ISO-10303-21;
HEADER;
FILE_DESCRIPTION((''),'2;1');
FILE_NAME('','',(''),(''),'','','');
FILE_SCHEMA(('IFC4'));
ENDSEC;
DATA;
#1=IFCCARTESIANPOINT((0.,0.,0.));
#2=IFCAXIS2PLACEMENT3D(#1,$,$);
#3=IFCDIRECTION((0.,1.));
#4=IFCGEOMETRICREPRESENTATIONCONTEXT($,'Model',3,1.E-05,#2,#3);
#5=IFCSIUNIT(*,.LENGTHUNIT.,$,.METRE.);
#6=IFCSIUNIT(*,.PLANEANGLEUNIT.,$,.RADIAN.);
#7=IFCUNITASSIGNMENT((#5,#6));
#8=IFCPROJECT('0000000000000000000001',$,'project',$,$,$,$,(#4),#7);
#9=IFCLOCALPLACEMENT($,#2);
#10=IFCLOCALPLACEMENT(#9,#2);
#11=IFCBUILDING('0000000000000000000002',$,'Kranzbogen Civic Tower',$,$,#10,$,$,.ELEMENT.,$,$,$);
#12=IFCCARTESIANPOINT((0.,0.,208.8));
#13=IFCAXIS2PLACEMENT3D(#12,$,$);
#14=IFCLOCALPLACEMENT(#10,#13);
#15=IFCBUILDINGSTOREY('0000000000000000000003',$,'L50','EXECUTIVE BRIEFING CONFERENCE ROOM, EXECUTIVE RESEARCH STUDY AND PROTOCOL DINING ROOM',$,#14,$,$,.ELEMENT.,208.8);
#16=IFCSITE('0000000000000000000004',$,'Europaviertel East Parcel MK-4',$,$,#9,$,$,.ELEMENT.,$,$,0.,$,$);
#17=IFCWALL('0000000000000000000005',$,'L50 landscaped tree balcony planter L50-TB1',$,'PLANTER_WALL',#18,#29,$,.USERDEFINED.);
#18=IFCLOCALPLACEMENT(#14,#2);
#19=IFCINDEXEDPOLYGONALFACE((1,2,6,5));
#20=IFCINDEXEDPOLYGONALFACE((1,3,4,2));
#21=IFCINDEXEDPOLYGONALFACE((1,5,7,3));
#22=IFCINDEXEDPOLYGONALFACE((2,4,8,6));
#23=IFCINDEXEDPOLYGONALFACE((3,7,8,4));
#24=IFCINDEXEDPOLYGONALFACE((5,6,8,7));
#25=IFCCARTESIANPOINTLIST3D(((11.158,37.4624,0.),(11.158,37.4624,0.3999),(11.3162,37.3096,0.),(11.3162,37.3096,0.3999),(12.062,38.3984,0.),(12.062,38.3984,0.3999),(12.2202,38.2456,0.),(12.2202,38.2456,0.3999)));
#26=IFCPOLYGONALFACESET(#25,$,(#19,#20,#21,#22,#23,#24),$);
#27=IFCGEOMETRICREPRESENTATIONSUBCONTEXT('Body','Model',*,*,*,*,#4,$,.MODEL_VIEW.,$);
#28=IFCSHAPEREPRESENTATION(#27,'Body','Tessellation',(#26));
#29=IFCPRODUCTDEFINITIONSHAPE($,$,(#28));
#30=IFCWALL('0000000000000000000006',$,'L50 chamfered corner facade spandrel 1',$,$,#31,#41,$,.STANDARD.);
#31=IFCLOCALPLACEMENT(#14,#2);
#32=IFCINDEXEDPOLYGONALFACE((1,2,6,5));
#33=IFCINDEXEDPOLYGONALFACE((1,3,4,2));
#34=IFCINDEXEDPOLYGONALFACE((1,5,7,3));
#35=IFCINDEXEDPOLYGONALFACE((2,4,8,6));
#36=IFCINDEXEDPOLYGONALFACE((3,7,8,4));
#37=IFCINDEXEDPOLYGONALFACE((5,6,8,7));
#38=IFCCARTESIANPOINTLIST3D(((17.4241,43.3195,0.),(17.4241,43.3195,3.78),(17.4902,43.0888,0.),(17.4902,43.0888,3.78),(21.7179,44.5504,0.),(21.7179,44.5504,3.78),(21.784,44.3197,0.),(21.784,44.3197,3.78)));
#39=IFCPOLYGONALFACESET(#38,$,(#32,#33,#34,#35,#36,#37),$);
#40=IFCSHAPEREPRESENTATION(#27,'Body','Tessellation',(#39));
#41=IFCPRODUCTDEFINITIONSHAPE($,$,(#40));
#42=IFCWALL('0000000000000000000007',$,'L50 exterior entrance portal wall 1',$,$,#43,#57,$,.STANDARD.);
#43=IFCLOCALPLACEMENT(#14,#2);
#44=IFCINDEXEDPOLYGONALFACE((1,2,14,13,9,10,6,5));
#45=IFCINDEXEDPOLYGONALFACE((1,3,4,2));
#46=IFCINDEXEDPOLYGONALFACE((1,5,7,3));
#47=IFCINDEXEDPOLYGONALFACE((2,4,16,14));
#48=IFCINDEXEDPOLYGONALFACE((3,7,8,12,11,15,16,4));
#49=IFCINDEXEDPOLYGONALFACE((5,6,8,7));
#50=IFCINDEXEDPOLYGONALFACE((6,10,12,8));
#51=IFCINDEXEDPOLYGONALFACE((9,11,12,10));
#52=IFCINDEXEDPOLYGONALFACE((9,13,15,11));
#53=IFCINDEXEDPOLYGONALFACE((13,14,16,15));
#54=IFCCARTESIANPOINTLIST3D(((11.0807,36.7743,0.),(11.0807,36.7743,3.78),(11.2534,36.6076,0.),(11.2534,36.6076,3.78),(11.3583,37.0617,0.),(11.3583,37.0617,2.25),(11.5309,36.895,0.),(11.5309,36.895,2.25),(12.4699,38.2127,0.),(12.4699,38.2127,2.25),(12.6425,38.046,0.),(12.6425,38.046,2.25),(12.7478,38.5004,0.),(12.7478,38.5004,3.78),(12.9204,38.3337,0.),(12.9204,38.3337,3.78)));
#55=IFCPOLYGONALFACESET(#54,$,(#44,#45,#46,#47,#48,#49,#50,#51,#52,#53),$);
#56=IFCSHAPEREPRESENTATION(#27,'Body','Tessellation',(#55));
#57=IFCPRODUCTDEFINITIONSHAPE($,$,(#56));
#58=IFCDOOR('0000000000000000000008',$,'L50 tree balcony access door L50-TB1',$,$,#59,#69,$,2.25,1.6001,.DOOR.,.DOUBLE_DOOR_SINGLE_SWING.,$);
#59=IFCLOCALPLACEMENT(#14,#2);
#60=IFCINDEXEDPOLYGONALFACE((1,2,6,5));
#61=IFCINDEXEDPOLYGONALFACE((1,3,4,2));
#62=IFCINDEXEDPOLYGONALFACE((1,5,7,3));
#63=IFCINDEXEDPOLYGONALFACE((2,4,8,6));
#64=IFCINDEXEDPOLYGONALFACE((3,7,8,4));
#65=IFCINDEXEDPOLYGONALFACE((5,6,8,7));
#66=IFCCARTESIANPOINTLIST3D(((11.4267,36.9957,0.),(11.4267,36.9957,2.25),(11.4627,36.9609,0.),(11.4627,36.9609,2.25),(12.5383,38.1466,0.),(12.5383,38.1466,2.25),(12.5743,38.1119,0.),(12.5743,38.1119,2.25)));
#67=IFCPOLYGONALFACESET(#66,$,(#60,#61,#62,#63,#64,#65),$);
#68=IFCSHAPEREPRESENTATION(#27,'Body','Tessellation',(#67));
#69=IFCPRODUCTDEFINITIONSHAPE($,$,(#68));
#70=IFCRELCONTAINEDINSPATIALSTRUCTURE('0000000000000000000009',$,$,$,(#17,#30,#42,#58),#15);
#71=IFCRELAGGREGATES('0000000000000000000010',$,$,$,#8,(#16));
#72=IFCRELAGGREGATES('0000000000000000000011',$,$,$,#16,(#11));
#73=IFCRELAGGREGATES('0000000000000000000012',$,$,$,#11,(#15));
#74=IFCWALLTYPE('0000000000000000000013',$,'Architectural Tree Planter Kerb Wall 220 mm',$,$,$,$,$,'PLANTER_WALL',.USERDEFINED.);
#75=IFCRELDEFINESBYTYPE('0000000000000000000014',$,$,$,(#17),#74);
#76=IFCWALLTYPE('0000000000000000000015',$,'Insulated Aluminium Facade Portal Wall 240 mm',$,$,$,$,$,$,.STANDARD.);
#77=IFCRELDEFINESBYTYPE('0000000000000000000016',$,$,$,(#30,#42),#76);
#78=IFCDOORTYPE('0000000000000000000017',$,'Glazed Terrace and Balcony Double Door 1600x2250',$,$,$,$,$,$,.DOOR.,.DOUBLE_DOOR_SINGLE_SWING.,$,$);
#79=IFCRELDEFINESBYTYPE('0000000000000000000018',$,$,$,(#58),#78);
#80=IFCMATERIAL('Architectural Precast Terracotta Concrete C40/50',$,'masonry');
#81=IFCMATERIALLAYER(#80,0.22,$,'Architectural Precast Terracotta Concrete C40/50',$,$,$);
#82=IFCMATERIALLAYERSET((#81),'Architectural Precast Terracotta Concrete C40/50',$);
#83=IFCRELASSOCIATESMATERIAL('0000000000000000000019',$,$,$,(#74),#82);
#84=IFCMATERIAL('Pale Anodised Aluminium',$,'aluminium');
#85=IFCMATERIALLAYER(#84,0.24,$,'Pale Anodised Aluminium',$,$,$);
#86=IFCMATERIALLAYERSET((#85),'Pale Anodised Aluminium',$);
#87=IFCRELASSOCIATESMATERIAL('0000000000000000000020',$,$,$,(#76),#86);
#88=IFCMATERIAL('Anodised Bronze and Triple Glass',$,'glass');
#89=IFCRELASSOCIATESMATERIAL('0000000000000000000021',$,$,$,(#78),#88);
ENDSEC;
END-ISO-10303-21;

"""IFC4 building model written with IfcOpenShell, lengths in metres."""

from ifc_helpers import new_model, si_unit, direction, frame, frame_2d, origin, place, context, subcontext, project, spatial, rectangle, extrude, material, layer, layer_set, type_object, element, fill, save


model = new_model("IFC4")

# Units and contexts
model_context = context("Model", 3, precision=1e-05, world=origin(), true_north=direction((0.0, 1.0)))
body_context = subcontext(model_context, "Body", "Model", "MODEL_VIEW")
ifc_project = project(units=[si_unit("LENGTHUNIT", "METRE"), si_unit("PLANEANGLEUNIT", "RADIAN")], contexts=[model_context])

# Site, building, storey
site_placement = place(None, origin())
site = spatial("IfcSite", under=ifc_project, at=site_placement, Name="Europaviertel East Parcel MK-4", CompositionType="ELEMENT", RefElevation=0.0)
building_placement = place(site_placement, origin())
building = spatial("IfcBuilding", under=site, at=building_placement, Name="Kranzbogen Civic Tower", CompositionType="ELEMENT")
storey_placement = place(building_placement, frame((0.0, 0.0, 208.8)))
storey = spatial("IfcBuildingStorey", under=building, at=storey_placement, Name="L50", Description="EXECUTIVE BRIEFING CONFERENCE ROOM, EXECUTIVE RESEARCH STUDY AND PROTOCOL DINING ROOM", CompositionType="ELEMENT", Elevation=208.8)

# Shared definitions
ifc_material_1 = material(Name="Pale Anodised Aluminium", Category="aluminium")

# Walls
ifc_material_2 = material(Name="Architectural Precast Terracotta Concrete C40/50", Category="masonry")
ifc_layer_1 = layer(ifc_material_2, 0.22, Name="Architectural Precast Terracotta Concrete C40/50")
ifc_layer_set_1 = layer_set([ifc_layer_1], Name="Architectural Precast Terracotta Concrete C40/50")
wall_type_1 = type_object("IfcWallType", Name="Architectural Tree Planter Kerb Wall 220 mm", ElementType="PLANTER_WALL", PredefinedType="USERDEFINED", material=ifc_layer_set_1)
wall_1_placement = place(storey_placement, frame((12.1411, 38.322, 0.0), z_axis=(0.0, 0.0, 1.0), x_axis=(-0.694712, -0.719288, 0.0)))
element("IfcWall", 1, at=wall_1_placement, inside=storey, type_object=wall_type_1, Name="L50 landscaped tree balcony planter L50-TB1", ObjectType="PLANTER_WALL", PredefinedType="USERDEFINED", context=body_context, shape_type="SweptSolid", body=[
    extrude(rectangle(XDim=1.3013, YDim=0.22, at=frame_2d((0.6506, 0.0))), origin(), (0.0, 0.0, 1.0), 0.3999),
])
ifc_layer_2 = layer(ifc_material_1, 0.24, Name="Pale Anodised Aluminium")
ifc_layer_set_2 = layer_set([ifc_layer_2], Name="Pale Anodised Aluminium")
wall_type_2 = type_object("IfcWallType", Name="Insulated Aluminium Facade Portal Wall 240 mm", PredefinedType="STANDARD", material=ifc_layer_set_2)
wall_2_placement = place(storey_placement, frame((21.751, 44.4351, 0.0), z_axis=(0.0, 0.0, 1.0), x_axis=(-0.96128, -0.275573, 0.0)))
element("IfcWall", 2, at=wall_2_placement, inside=storey, type_object=wall_type_2, Name="L50 chamfered corner facade spandrel 1", PredefinedType="STANDARD", context=body_context, shape_type="SweptSolid", body=[
    extrude(rectangle(XDim=4.4668, YDim=0.24, at=frame_2d((2.2334, 0.0))), origin(), (0.0, 0.0, 1.0), 3.78),
])

# Wall, opening, door
wall_3_placement = place(storey_placement, frame((12.834, 38.417, 0.0), z_axis=(0.0, 0.0, 1.0), x_axis=(-0.694689, -0.71931, 0.0)))
wall_3 = element("IfcWall", 3, at=wall_3_placement, inside=storey, type_object=wall_type_2, Name="L50 exterior entrance portal wall 1", PredefinedType="STANDARD", context=body_context, shape_type="SweptSolid", body=[
    extrude(rectangle(XDim=2.3997, YDim=0.24, at=frame_2d((1.1997, 0.0))), origin(), (0.0, 0.0, 1.0), 3.78),
])
opening_1_placement = place(wall_3_placement, frame((0.3999, 0.0, 0.0)))
opening_1 = element("IfcOpeningElement", 4, at=opening_1_placement, cuts=wall_3, PredefinedType="OPENING", context=body_context, shape_type="SweptSolid", body=[
    extrude(rectangle(XDim=1.6001, YDim=2.25, at=frame_2d((0.8, 1.125))), frame((0.0, 0.1299, 0.0), z_axis=(0.0, -1.0, 0.0), x_axis=(1.0, 0.0, 0.0)), (0.0, 0.0, 1.0), 0.26),
])
ifc_material_3 = material(Name="Anodised Bronze and Triple Glass", Category="glass")
door_type_1 = type_object("IfcDoorType", Name="Glazed Terrace and Balcony Double Door 1600x2250", OperationType="DOUBLE_DOOR_SINGLE_SWING", PredefinedType="DOOR", material=ifc_material_3)
door_1_placement = place(opening_1_placement, frame((1.6001, 0.0, 0.0), z_axis=(0.0, 0.0, 1.0), x_axis=(-1.0, 0.0, 0.0)))
door_1 = element("IfcDoor", 5, at=door_1_placement, inside=storey, type_object=door_type_1, Name="L50 tree balcony access door L50-TB1", OperationType="DOUBLE_DOOR_SINGLE_SWING", OverallHeight=2.25, OverallWidth=1.6001, PredefinedType="DOOR", context=body_context, shape_type="SweptSolid", body=[
    extrude(rectangle(XDim=1.6001, YDim=2.25, at=frame_2d((0.8, 1.125))), frame((0.0, 0.0249, 0.0), z_axis=(0.0, -1.0, 0.0), x_axis=(1.0, 0.0, 0.0)), (0.0, 0.0, 1.0), 0.05),
])
fill(opening_1, door_1)

save(model, "model.ifc")
